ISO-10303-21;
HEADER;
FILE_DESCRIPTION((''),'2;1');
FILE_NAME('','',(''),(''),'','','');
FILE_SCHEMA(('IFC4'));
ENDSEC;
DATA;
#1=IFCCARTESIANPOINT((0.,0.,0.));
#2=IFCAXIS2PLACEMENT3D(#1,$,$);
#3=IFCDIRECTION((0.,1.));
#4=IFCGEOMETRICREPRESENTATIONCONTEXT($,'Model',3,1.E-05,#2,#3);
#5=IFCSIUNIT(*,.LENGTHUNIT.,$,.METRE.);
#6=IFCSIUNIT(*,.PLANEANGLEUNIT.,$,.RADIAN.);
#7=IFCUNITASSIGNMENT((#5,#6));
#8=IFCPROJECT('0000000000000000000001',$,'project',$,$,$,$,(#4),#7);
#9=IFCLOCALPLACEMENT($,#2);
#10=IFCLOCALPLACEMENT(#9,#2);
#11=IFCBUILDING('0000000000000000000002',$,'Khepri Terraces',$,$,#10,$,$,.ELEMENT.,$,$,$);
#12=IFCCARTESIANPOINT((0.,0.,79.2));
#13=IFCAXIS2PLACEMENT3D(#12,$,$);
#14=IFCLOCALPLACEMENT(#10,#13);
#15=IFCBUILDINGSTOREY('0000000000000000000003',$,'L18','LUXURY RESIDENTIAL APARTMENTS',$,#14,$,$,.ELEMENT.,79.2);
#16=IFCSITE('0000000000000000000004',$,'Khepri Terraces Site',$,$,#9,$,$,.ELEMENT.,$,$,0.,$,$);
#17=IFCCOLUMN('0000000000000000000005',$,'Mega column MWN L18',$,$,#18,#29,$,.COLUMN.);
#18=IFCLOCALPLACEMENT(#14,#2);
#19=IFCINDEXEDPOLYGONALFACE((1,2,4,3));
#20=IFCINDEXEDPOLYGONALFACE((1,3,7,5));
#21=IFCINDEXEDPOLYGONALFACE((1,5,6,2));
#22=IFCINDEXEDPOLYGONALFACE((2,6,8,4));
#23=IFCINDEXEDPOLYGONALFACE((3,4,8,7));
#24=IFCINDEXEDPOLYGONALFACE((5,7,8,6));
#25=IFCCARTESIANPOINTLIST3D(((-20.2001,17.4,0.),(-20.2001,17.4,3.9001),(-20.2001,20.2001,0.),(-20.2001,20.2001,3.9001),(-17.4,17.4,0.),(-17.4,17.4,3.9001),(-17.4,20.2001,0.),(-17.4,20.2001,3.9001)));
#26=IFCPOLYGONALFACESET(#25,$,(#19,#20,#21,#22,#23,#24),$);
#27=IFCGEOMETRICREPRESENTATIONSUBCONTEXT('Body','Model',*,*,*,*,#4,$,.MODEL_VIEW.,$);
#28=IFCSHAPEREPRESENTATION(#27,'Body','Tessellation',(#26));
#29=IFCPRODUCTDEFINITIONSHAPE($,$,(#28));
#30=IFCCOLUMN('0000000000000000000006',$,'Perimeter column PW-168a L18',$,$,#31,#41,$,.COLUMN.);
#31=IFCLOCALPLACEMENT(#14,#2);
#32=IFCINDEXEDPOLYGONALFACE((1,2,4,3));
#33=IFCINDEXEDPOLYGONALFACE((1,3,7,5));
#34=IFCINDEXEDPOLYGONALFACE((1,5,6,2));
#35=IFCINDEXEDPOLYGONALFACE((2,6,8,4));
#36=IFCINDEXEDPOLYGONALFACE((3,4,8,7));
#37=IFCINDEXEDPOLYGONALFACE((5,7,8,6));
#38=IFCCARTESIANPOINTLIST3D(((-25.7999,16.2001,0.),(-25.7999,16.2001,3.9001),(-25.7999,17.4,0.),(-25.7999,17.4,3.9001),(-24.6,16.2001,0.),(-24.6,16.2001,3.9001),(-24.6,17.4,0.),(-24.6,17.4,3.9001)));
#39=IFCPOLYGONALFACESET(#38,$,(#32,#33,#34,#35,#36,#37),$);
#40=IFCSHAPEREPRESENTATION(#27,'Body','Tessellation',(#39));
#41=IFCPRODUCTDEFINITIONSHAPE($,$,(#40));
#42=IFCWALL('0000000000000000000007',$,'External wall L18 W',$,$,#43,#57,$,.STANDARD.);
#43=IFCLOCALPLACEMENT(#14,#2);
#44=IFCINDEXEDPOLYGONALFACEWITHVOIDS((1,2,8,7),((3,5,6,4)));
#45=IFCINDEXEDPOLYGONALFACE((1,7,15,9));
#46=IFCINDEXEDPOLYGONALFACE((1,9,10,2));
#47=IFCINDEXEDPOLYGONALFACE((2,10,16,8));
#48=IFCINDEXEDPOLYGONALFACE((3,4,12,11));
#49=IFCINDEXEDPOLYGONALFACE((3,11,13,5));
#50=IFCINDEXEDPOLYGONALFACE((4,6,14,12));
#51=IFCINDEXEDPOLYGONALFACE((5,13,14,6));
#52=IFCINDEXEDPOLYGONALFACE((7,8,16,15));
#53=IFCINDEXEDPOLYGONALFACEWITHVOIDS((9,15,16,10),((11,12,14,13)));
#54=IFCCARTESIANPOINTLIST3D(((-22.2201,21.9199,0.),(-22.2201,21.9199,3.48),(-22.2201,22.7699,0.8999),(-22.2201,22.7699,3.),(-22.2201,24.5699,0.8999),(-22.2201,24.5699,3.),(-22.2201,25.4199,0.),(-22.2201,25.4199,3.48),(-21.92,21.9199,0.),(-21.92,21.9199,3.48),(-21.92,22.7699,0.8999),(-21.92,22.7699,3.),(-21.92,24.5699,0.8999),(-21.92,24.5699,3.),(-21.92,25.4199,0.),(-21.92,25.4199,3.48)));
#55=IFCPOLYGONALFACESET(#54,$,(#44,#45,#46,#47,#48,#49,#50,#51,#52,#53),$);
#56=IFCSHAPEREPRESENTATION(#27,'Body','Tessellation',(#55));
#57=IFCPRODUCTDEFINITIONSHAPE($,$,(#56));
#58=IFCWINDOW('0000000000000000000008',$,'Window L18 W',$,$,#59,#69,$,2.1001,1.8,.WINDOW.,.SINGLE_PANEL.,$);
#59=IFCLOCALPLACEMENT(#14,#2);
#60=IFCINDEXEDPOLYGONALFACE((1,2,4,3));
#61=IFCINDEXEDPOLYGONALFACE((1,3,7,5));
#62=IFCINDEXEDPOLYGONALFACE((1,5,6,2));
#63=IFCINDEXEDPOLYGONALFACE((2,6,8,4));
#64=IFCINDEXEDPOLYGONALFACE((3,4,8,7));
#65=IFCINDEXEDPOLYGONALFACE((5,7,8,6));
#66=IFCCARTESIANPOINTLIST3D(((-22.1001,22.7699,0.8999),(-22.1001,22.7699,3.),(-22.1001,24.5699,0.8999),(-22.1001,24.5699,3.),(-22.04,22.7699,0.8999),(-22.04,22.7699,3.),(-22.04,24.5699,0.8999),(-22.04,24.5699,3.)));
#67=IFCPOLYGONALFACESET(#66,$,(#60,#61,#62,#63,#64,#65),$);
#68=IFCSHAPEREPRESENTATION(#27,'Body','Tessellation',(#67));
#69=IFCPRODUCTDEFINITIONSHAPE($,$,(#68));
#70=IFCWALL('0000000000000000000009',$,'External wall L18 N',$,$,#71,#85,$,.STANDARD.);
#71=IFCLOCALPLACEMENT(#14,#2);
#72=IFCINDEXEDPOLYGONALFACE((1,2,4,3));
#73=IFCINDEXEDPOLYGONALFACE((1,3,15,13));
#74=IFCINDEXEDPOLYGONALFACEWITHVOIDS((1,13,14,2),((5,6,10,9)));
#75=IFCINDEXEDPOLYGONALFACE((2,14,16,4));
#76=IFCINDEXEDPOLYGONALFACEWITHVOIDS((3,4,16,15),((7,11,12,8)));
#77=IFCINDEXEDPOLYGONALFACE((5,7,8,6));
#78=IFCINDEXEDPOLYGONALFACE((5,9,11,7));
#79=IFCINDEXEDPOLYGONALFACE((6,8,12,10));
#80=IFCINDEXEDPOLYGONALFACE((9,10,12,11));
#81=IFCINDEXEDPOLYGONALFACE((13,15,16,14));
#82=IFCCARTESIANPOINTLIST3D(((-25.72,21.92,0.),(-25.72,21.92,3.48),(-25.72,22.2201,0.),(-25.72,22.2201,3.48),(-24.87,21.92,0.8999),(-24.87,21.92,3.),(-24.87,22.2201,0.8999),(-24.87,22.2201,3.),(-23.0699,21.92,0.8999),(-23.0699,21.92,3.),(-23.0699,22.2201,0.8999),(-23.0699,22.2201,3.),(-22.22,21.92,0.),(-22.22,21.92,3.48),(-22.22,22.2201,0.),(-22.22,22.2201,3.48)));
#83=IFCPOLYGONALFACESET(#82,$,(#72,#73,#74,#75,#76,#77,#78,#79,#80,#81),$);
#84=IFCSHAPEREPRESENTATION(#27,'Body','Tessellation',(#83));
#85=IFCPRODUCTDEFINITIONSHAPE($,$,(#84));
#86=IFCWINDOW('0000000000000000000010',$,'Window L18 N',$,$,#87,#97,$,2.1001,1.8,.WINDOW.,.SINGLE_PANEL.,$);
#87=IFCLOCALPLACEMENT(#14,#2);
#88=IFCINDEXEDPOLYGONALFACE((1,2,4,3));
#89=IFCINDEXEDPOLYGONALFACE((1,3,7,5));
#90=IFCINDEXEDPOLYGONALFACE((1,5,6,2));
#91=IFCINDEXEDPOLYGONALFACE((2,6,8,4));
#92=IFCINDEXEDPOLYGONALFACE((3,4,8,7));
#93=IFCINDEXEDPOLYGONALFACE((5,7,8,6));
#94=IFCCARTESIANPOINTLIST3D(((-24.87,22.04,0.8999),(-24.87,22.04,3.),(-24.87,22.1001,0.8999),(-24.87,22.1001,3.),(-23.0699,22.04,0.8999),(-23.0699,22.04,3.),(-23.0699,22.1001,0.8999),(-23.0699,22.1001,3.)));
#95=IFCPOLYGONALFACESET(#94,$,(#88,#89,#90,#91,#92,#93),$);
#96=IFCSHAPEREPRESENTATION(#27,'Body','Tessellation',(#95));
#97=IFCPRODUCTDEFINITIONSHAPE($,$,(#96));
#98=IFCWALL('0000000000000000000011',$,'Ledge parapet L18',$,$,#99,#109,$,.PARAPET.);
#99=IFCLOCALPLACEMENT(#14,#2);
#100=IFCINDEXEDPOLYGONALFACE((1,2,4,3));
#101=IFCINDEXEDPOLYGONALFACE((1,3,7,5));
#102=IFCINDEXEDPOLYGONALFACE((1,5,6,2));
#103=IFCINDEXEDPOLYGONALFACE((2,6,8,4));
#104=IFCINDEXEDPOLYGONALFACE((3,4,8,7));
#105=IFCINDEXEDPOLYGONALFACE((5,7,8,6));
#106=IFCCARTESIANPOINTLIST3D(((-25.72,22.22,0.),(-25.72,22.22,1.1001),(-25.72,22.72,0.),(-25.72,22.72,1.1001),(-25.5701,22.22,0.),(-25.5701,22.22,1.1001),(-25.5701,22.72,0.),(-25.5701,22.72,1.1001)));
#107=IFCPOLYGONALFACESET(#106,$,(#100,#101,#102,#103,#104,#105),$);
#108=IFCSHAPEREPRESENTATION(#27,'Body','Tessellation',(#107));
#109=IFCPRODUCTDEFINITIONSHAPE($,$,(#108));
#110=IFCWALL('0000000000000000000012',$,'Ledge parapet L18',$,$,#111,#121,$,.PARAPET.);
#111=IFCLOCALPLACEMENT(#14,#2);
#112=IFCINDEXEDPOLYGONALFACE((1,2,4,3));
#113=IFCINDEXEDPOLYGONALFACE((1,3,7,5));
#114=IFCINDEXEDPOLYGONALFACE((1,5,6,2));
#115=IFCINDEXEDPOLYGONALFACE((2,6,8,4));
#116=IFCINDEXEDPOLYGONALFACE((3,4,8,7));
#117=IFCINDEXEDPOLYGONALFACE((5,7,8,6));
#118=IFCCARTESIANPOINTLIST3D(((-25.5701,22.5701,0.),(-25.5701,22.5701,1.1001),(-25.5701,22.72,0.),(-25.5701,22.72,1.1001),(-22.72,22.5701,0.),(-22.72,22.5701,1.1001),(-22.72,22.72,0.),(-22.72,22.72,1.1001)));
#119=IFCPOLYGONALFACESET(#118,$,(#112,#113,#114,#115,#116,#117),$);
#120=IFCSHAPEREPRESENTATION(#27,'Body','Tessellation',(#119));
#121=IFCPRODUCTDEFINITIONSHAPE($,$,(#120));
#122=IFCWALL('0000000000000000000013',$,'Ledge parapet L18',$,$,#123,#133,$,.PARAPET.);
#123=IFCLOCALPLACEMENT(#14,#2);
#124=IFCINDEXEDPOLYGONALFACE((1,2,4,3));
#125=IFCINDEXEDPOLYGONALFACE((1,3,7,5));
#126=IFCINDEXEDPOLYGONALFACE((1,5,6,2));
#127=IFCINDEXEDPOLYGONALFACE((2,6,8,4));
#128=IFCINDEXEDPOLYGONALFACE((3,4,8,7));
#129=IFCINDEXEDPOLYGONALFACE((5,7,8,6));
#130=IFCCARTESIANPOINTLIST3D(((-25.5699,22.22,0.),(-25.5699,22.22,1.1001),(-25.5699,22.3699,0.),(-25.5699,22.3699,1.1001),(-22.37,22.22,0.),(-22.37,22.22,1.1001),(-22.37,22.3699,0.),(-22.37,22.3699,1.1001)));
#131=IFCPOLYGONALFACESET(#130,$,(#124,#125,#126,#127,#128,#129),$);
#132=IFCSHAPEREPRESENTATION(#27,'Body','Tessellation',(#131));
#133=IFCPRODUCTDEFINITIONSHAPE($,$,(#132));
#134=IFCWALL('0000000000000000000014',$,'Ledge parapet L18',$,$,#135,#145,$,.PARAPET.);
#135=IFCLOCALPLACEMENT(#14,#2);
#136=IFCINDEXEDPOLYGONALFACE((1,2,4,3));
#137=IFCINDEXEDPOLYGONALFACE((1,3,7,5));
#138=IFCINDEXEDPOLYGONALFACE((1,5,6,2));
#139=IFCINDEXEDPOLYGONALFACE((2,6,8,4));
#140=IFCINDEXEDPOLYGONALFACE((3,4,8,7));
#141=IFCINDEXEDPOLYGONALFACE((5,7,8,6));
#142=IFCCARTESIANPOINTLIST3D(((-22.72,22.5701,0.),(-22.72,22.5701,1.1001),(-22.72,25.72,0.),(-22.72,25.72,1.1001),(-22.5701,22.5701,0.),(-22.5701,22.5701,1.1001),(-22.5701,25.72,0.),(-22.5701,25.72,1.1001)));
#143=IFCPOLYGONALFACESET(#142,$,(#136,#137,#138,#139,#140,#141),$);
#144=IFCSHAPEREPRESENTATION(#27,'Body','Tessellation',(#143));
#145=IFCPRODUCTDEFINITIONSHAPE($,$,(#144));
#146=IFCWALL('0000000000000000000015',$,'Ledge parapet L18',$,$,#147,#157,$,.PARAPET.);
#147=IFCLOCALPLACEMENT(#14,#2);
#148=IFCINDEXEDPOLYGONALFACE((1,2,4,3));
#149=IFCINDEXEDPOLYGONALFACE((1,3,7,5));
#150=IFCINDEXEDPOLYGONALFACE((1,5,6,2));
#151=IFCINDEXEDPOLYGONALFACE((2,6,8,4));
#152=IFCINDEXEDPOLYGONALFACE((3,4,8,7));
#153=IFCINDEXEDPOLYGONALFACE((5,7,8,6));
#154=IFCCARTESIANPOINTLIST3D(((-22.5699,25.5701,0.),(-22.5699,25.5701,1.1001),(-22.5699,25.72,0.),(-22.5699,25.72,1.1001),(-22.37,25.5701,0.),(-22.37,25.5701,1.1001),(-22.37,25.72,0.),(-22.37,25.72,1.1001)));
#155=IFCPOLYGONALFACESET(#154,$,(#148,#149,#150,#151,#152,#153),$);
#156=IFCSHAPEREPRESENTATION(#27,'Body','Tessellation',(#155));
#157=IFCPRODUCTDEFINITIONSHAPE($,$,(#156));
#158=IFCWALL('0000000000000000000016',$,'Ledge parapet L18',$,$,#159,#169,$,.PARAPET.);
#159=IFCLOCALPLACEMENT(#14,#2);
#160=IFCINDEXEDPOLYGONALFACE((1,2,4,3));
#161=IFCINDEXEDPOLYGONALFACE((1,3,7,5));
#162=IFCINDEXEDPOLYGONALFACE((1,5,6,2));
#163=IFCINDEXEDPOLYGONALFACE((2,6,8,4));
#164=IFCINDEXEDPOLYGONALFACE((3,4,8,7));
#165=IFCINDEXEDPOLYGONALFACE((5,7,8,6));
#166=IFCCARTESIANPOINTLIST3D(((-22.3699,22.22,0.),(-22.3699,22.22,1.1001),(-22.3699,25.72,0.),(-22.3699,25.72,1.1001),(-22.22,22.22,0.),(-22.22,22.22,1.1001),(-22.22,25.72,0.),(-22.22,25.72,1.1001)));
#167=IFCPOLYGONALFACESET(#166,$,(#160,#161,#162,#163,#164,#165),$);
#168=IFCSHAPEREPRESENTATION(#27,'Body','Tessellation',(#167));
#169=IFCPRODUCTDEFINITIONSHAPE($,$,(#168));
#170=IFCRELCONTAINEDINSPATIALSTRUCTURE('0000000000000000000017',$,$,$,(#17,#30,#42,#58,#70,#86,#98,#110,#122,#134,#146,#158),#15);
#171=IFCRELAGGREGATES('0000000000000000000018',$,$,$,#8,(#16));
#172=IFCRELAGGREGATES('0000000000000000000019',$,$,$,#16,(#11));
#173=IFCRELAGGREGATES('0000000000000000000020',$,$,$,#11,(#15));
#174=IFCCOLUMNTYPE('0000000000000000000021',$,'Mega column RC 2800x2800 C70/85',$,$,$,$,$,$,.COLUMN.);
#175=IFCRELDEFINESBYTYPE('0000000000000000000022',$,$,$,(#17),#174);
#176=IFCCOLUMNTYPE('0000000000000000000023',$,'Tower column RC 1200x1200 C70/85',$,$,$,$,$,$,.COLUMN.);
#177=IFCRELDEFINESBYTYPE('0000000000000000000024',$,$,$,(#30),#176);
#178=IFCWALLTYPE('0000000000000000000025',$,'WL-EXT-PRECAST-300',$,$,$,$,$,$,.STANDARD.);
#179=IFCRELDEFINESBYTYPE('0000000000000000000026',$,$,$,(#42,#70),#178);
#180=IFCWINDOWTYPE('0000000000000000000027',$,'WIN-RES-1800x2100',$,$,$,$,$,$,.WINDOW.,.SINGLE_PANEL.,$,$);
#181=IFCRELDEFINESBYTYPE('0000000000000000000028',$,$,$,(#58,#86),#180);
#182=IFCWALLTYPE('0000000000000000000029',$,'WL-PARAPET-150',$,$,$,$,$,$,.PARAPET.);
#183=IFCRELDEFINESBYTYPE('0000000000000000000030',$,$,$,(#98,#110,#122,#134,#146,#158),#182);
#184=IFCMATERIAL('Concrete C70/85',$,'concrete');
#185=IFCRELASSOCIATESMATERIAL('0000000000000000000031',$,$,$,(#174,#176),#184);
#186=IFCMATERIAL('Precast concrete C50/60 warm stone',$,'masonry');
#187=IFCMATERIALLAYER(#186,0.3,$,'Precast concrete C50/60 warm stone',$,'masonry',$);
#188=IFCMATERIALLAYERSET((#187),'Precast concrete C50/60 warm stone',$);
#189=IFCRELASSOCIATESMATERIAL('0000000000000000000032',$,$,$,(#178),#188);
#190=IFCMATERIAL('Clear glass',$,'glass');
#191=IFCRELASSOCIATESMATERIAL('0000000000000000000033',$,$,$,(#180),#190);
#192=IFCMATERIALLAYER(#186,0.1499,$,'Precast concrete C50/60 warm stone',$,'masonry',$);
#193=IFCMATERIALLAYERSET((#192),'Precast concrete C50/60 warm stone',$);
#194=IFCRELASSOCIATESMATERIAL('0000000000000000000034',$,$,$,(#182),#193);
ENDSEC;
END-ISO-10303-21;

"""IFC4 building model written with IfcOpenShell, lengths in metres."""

from ifc_helpers import new_model, si_unit, direction, frame, frame_2d, origin, origin_2d, place, context, subcontext, project, spatial, rectangle, extrude, material, layer, layer_set, material_profile, profile_set, type_object, element, fill, save


model = new_model("IFC4")

# Units and contexts
model_context = context("Model", 3, precision=1e-05, world=origin(), true_north=direction((0.0, 1.0)))
body_context = subcontext(model_context, "Body", "Model", "MODEL_VIEW")
ifc_project = project(units=[si_unit("LENGTHUNIT", "METRE"), si_unit("PLANEANGLEUNIT", "RADIAN")], contexts=[model_context])

# Site, building, storey
site_placement = place(None, origin())
site = spatial("IfcSite", under=ifc_project, at=site_placement, Name="Khepri Terraces Site", CompositionType="ELEMENT", RefElevation=0.0)
building_placement = place(site_placement, origin())
building = spatial("IfcBuilding", under=site, at=building_placement, Name="Khepri Terraces", CompositionType="ELEMENT")
storey_placement = place(building_placement, frame((0.0, 0.0, 79.2)))
storey = spatial("IfcBuildingStorey", under=building, at=storey_placement, Name="L18", Description="LUXURY RESIDENTIAL APARTMENTS", CompositionType="ELEMENT", Elevation=79.2)

# Columns
ifc_material_1 = material(Name="Concrete C70/85", Category="concrete")
ifc_material_profile_1 = material_profile(ifc_material_1, rectangle(XDim=2.8, YDim=2.8, at=origin_2d()), Name="Concrete C70/85", Category="concrete")
ifc_profile_set_1 = profile_set([ifc_material_profile_1], Name="Concrete C70/85")
column_type_1 = type_object("IfcColumnType", Name="Mega column RC 2800x2800 C70/85", PredefinedType="COLUMN", material=ifc_profile_set_1)
column_1_placement = place(storey_placement, frame((-18.8, 18.8, 0.0), z_axis=(0.0, 0.0, 1.0), x_axis=(1.0, 0.0, 0.0)))
element("IfcColumn", 1, at=column_1_placement, inside=storey, type_object=column_type_1, Name="Mega column MWN L18", PredefinedType="COLUMN", context=body_context, shape_type="SweptSolid", body=[
    extrude(rectangle(XDim=2.8, YDim=2.8, at=origin_2d()), origin(), (0.0, 0.0, 1.0), 3.9001),
])
ifc_material_profile_2 = material_profile(ifc_material_1, rectangle(XDim=1.2, YDim=1.2, at=origin_2d()), Name="Concrete C70/85", Category="concrete")
ifc_profile_set_2 = profile_set([ifc_material_profile_2], Name="Concrete C70/85")
column_type_2 = type_object("IfcColumnType", Name="Tower column RC 1200x1200 C70/85", PredefinedType="COLUMN", material=ifc_profile_set_2)
column_2_placement = place(storey_placement, frame((-25.2, 16.8, 0.0), z_axis=(0.0, 0.0, 1.0), x_axis=(1.0, 0.0, 0.0)))
element("IfcColumn", 2, at=column_2_placement, inside=storey, type_object=column_type_2, Name="Perimeter column PW-168a L18", PredefinedType="COLUMN", context=body_context, shape_type="SweptSolid", body=[
    extrude(rectangle(XDim=1.2, YDim=1.2, at=origin_2d()), origin(), (0.0, 0.0, 1.0), 3.9001),
])

# Shared definitions
ifc_material_2 = material(Name="Precast concrete C50/60 warm stone", Category="masonry")
ifc_layer_1 = layer(ifc_material_2, 0.3, Name="Precast concrete C50/60 warm stone", Category="masonry")
ifc_layer_set_1 = layer_set([ifc_layer_1], Name="Precast concrete C50/60 warm stone")
wall_type_1 = type_object("IfcWallType", Name="WL-EXT-PRECAST-300", PredefinedType="STANDARD", material=ifc_layer_set_1)
ifc_material_3 = material(Name="Clear glass", Category="glass")
window_type = type_object("IfcWindowType", Name="WIN-RES-1800x2100", PartitioningType="SINGLE_PANEL", PredefinedType="WINDOW", material=ifc_material_3)

# Walls, openings, windows
wall_1_placement = place(storey_placement, frame((-22.0701, 25.4199, 0.0), z_axis=(0.0, 0.0, 1.0), x_axis=(0.0, -1.0, 0.0)))
wall_1 = element("IfcWall", 3, at=wall_1_placement, inside=storey, type_object=wall_type_1, Name="External wall L18 W", PredefinedType="STANDARD", context=body_context, shape_type="SweptSolid", body=[
    extrude(rectangle(XDim=3.5, YDim=0.3, at=frame_2d((1.75, 0.0))), origin(), (0.0, 0.0, 1.0), 3.48),
])
opening_1_placement = place(wall_1_placement, frame((0.8501, 0.0, 0.8999)))
opening_1 = element("IfcOpeningElement", 4, at=opening_1_placement, cuts=wall_1, PredefinedType="OPENING", context=body_context, shape_type="SweptSolid", body=[
    extrude(rectangle(XDim=1.8, YDim=2.1001, at=frame_2d((0.8999, 1.05))), frame((0.0, 0.1602, 0.0), z_axis=(0.0, -1.0, 0.0), x_axis=(1.0, 0.0, 0.0)), (0.0, 0.0, 1.0), 0.3201),
])
window_1_placement = place(opening_1_placement, origin())
window_1 = element("IfcWindow", 5, at=window_1_placement, inside=storey, type_object=window_type, Name="Window L18 W", OverallHeight=2.1001, OverallWidth=1.8, PartitioningType="SINGLE_PANEL", PredefinedType="WINDOW", context=body_context, shape_type="SweptSolid", body=[
    extrude(rectangle(XDim=1.8, YDim=2.1001, at=frame_2d((0.8999, 1.05))), frame((0.0, 0.03, 0.0), z_axis=(0.0, -1.0, 0.0), x_axis=(1.0, 0.0, 0.0)), (0.0, 0.0, 1.0), 0.0601),
])
fill(opening_1, window_1)
wall_2_placement = place(storey_placement, frame((-22.22, 22.0701, 0.0), z_axis=(0.0, 0.0, 1.0), x_axis=(-1.0, 0.0, 0.0)))
wall_2 = element("IfcWall", 6, at=wall_2_placement, inside=storey, type_object=wall_type_1, Name="External wall L18 N", PredefinedType="STANDARD", context=body_context, shape_type="SweptSolid", body=[
    extrude(rectangle(XDim=3.5, YDim=0.3, at=frame_2d((1.75, 0.0))), origin(), (0.0, 0.0, 1.0), 3.48),
])
opening_2_placement = place(wall_2_placement, frame((0.8501, 0.0, 0.8999)))
opening_2 = element("IfcOpeningElement", 7, at=opening_2_placement, cuts=wall_2, PredefinedType="OPENING", context=body_context, shape_type="SweptSolid", body=[
    extrude(rectangle(XDim=1.8, YDim=2.1001, at=frame_2d((0.8999, 1.05))), frame((0.0, 0.1602, 0.0), z_axis=(0.0, -1.0, 0.0), x_axis=(1.0, 0.0, 0.0)), (0.0, 0.0, 1.0), 0.3201),
])
window_2_placement = place(opening_2_placement, origin())
window_2 = element("IfcWindow", 8, at=window_2_placement, inside=storey, type_object=window_type, Name="Window L18 N", OverallHeight=2.1001, OverallWidth=1.8, PartitioningType="SINGLE_PANEL", PredefinedType="WINDOW", context=body_context, shape_type="SweptSolid", body=[
    extrude(rectangle(XDim=1.8, YDim=2.1001, at=frame_2d((0.8999, 1.05))), frame((0.0, 0.03, 0.0), z_axis=(0.0, -1.0, 0.0), x_axis=(1.0, 0.0, 0.0)), (0.0, 0.0, 1.0), 0.0601),
])
fill(opening_2, window_2)

# Walls
ifc_layer_2 = layer(ifc_material_2, 0.1499, Name="Precast concrete C50/60 warm stone", Category="masonry")
ifc_layer_set_2 = layer_set([ifc_layer_2], Name="Precast concrete C50/60 warm stone")
wall_type_2 = type_object("IfcWallType", Name="WL-PARAPET-150", PredefinedType="PARAPET", material=ifc_layer_set_2)
wall_3_placement = place(storey_placement, frame((-25.645, 22.22, 0.0), z_axis=(0.0, 0.0, 1.0), x_axis=(0.0, 1.0, 0.0)))
element("IfcWall", 9, at=wall_3_placement, inside=storey, type_object=wall_type_2, Name="Ledge parapet L18", PredefinedType="PARAPET", context=body_context, shape_type="SweptSolid", body=[
    extrude(rectangle(XDim=0.5, YDim=0.1499, at=frame_2d((0.25, 0.0))), origin(), (0.0, 0.0, 1.0), 1.1001),
])
wall_4_placement = place(storey_placement, frame((-25.5701, 22.645, 0.0), z_axis=(0.0, 0.0, 1.0), x_axis=(1.0, 0.0, 0.0)))
element("IfcWall", 10, at=wall_4_placement, inside=storey, type_object=wall_type_2, Name="Ledge parapet L18", PredefinedType="PARAPET", context=body_context, shape_type="SweptSolid", body=[
    extrude(rectangle(XDim=2.8501, YDim=0.1499, at=frame_2d((1.425, 0.0))), origin(), (0.0, 0.0, 1.0), 1.1001),
])
wall_5_placement = place(storey_placement, frame((-25.5701, 22.2949, 0.0), z_axis=(0.0, 0.0, 1.0), x_axis=(1.0, 0.0, 0.0)))
element("IfcWall", 11, at=wall_5_placement, inside=storey, type_object=wall_type_2, Name="Ledge parapet L18", PredefinedType="PARAPET", context=body_context, shape_type="SweptSolid", body=[
    extrude(rectangle(XDim=3.2, YDim=0.1499, at=frame_2d((1.6001, 0.0))), origin(), (0.0, 0.0, 1.0), 1.1001),
])
wall_6_placement = place(storey_placement, frame((-22.645, 22.5701, 0.0), z_axis=(0.0, 0.0, 1.0), x_axis=(0.0, 1.0, 0.0)))
element("IfcWall", 12, at=wall_6_placement, inside=storey, type_object=wall_type_2, Name="Ledge parapet L18", PredefinedType="PARAPET", context=body_context, shape_type="SweptSolid", body=[
    extrude(rectangle(XDim=3.1499, YDim=0.1499, at=frame_2d((1.575, 0.0))), origin(), (0.0, 0.0, 1.0), 1.1001),
])
wall_7_placement = place(storey_placement, frame((-22.5701, 25.645, 0.0), z_axis=(0.0, 0.0, 1.0), x_axis=(1.0, 0.0, 0.0)))
element("IfcWall", 13, at=wall_7_placement, inside=storey, type_object=wall_type_2, Name="Ledge parapet L18", PredefinedType="PARAPET", context=body_context, shape_type="SweptSolid", body=[
    extrude(rectangle(XDim=0.2, YDim=0.1499, at=frame_2d((0.1001, 0.0))), origin(), (0.0, 0.0, 1.0), 1.1001),
])
wall_8_placement = place(storey_placement, frame((-22.2949, 22.22, 0.0), z_axis=(0.0, 0.0, 1.0), x_axis=(0.0, 1.0, 0.0)))
element("IfcWall", 14, at=wall_8_placement, inside=storey, type_object=wall_type_2, Name="Ledge parapet L18", PredefinedType="PARAPET", context=body_context, shape_type="SweptSolid", body=[
    extrude(rectangle(XDim=3.5, YDim=0.1499, at=frame_2d((1.75, 0.0))), origin(), (0.0, 0.0, 1.0), 1.1001),
])

save(model, "model.ifc")
